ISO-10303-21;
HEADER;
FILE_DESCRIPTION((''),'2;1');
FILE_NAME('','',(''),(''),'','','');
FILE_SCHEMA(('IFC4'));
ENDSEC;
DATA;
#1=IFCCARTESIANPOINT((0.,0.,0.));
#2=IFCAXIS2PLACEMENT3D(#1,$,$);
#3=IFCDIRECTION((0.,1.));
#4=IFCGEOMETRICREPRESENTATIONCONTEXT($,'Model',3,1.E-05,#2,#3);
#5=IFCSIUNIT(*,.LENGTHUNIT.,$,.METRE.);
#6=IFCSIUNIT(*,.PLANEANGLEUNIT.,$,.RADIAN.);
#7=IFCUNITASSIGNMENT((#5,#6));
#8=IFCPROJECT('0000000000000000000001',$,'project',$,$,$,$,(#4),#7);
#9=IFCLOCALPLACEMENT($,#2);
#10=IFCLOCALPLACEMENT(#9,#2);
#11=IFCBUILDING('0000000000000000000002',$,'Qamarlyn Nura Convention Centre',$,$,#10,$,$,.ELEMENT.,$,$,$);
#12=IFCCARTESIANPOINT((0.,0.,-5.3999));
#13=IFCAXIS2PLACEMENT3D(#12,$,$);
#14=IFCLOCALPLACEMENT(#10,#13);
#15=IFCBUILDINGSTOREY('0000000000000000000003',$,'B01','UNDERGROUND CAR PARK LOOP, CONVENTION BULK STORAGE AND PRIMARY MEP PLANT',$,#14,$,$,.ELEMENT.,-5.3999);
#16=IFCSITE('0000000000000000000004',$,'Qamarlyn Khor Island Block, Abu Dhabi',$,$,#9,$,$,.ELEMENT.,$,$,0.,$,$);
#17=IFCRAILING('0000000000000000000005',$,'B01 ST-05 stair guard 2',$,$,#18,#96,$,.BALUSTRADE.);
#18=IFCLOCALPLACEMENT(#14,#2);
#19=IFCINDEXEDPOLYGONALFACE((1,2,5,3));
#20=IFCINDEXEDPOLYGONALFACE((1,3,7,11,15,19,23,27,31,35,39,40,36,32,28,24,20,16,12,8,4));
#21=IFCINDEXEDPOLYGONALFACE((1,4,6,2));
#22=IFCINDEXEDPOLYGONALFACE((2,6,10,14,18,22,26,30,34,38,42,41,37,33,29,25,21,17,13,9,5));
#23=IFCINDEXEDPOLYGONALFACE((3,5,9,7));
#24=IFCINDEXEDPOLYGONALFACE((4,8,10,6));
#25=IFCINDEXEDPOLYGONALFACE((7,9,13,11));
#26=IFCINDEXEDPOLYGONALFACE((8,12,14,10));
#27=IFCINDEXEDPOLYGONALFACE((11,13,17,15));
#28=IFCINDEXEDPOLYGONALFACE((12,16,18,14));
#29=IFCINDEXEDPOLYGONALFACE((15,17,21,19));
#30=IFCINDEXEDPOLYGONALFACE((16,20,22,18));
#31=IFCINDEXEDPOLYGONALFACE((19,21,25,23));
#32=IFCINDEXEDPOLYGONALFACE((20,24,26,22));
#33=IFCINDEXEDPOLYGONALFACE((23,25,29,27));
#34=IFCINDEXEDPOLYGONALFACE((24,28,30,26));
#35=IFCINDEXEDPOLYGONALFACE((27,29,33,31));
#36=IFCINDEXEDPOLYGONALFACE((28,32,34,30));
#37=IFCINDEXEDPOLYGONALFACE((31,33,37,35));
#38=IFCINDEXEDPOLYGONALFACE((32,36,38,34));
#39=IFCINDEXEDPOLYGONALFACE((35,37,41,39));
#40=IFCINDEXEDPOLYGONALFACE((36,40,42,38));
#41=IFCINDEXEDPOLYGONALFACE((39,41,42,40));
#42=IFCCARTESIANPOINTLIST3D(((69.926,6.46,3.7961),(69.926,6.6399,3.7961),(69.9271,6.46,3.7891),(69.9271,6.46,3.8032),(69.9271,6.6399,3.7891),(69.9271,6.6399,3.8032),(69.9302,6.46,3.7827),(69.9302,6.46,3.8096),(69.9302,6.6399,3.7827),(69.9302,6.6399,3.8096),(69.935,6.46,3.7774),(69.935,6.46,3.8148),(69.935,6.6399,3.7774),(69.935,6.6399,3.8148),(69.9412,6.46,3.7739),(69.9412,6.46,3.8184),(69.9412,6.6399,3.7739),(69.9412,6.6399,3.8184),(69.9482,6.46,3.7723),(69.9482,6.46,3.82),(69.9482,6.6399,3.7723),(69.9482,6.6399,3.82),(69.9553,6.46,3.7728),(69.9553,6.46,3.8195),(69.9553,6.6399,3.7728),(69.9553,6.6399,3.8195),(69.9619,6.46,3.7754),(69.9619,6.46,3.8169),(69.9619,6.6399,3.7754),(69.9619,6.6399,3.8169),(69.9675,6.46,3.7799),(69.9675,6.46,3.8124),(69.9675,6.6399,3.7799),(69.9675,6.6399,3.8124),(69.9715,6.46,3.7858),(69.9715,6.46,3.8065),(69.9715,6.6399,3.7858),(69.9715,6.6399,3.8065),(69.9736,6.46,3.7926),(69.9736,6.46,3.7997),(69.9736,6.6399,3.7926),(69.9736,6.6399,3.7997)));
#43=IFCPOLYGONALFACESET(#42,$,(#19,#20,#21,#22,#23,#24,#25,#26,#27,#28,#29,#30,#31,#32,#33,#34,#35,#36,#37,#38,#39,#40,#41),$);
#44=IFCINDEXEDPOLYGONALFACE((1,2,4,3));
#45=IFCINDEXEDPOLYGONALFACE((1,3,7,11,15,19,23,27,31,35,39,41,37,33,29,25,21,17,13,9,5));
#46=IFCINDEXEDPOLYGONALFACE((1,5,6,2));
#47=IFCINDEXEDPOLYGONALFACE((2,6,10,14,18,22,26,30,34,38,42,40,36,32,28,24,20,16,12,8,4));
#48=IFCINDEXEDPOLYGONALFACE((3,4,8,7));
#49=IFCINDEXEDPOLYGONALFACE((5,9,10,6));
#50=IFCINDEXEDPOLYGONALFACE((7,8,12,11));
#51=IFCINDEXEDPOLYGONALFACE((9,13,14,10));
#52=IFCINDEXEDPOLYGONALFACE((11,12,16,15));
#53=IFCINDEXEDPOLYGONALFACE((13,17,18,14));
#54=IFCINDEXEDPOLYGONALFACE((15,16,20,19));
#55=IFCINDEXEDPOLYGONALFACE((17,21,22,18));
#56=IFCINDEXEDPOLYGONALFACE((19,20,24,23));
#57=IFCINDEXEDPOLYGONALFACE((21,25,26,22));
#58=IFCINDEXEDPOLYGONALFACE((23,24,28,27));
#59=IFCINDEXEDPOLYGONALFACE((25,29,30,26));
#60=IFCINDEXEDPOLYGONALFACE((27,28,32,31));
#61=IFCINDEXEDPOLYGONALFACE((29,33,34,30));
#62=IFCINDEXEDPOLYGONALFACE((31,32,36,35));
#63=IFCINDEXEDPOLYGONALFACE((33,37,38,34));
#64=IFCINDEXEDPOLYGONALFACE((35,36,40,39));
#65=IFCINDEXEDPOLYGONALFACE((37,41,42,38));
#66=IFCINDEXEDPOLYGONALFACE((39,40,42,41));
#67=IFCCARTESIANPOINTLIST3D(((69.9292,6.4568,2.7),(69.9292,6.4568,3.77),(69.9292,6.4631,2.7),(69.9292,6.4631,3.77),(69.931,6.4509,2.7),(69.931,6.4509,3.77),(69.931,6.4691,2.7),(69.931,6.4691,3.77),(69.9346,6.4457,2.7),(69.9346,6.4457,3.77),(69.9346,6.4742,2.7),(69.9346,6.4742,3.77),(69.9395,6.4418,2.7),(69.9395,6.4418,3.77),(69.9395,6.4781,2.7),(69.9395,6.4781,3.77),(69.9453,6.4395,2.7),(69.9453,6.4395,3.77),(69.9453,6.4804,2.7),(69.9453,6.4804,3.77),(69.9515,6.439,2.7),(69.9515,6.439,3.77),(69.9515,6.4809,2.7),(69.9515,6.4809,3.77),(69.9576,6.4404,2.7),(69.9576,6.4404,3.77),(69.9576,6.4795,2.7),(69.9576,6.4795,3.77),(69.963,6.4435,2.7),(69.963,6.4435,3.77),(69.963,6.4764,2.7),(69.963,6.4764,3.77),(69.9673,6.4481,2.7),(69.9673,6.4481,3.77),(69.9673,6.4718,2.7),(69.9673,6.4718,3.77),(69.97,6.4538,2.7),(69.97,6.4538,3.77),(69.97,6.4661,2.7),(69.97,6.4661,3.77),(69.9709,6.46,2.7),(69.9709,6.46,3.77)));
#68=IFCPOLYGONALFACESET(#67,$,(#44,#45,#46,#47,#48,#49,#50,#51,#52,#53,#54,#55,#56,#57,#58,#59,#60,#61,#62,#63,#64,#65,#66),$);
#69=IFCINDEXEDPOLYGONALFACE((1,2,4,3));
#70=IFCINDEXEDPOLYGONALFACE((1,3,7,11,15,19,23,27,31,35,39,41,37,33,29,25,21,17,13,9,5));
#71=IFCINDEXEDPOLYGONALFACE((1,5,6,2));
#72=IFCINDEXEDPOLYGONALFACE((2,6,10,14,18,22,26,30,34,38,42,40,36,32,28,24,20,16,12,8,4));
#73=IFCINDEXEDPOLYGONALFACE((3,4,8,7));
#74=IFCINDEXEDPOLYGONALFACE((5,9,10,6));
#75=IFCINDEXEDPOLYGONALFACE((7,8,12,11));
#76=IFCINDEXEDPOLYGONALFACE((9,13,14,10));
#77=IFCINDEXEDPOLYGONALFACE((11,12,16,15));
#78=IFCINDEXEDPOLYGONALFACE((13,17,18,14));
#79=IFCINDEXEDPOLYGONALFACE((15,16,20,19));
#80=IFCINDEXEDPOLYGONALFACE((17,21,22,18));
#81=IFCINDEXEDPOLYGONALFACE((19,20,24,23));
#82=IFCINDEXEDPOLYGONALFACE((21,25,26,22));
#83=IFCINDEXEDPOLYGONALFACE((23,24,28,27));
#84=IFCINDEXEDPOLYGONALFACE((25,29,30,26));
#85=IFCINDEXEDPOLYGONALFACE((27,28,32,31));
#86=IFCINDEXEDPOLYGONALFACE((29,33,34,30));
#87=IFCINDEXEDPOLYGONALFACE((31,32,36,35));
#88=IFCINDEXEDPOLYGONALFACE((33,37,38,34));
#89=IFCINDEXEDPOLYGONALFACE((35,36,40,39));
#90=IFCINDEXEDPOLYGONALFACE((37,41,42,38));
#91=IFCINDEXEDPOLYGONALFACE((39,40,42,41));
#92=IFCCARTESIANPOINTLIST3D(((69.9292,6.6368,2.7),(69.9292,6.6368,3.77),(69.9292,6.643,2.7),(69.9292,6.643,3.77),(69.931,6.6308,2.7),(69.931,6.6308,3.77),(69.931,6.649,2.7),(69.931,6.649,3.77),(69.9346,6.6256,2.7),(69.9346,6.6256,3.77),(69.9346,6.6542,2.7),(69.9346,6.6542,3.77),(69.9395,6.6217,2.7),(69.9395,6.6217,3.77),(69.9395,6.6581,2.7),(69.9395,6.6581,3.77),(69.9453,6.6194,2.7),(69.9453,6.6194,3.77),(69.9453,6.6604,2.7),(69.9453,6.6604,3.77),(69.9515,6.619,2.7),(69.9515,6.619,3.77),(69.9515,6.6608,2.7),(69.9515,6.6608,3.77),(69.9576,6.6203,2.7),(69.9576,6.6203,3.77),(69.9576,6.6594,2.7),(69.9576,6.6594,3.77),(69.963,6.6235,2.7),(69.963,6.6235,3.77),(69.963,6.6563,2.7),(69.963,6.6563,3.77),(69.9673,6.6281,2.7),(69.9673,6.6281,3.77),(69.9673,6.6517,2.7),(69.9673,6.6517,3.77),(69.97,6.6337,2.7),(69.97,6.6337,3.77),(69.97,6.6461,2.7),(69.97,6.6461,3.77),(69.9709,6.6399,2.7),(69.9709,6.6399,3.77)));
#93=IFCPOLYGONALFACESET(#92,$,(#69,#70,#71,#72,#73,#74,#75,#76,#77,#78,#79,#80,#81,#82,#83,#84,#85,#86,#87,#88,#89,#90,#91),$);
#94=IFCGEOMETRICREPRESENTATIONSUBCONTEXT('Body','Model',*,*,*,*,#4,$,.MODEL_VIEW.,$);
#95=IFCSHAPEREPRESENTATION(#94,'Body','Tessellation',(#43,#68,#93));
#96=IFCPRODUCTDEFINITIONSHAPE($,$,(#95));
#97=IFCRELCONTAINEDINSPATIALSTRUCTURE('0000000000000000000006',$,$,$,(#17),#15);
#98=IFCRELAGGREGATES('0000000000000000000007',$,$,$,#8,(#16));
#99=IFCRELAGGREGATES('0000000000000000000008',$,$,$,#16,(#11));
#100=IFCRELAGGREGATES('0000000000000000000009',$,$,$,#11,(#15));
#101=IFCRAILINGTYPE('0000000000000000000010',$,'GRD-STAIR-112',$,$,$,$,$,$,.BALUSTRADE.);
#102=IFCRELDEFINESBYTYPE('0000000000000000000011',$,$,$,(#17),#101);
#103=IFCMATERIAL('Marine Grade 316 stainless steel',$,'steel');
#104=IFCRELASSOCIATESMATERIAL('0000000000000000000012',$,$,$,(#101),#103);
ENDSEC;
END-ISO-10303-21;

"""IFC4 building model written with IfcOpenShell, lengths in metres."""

from ifc_helpers import new_model, si_unit, direction, frame, origin, origin_2d, place, context, subcontext, project, spatial, circle, extrude, material, type_object, element, save


model = new_model("IFC4")

# Units and contexts
model_context = context("Model", 3, precision=1e-05, world=origin(), true_north=direction((0.0, 1.0)))
body_context = subcontext(model_context, "Body", "Model", "MODEL_VIEW")
ifc_project = project(units=[si_unit("LENGTHUNIT", "METRE"), si_unit("PLANEANGLEUNIT", "RADIAN")], contexts=[model_context])

# Site, building, storey
site_placement = place(None, origin())
site = spatial("IfcSite", under=ifc_project, at=site_placement, Name="Qamarlyn Khor Island Block, Abu Dhabi", CompositionType="ELEMENT", RefElevation=0.0)
building_placement = place(site_placement, origin())
building = spatial("IfcBuilding", under=site, at=building_placement, Name="Qamarlyn Nura Convention Centre", CompositionType="ELEMENT")
storey_placement = place(building_placement, frame((0.0, 0.0, -5.3999)))
storey = spatial("IfcBuildingStorey", under=building, at=storey_placement, Name="B01", Description="UNDERGROUND CAR PARK LOOP, CONVENTION BULK STORAGE AND PRIMARY MEP PLANT", CompositionType="ELEMENT", Elevation=-5.3999)

# Railing
ifc_material_1 = material(Name="Marine Grade 316 stainless steel", Category="steel")
railing_type_1 = type_object("IfcRailingType", Name="GRD-STAIR-112", PredefinedType="BALUSTRADE", material=ifc_material_1)
railing_1_placement = place(storey_placement, frame((69.95, 6.46, 2.7)))
element("IfcRailing", 1, at=railing_1_placement, inside=storey, type_object=railing_type_1, Name="B01 ST-05 stair guard 2", PredefinedType="BALUSTRADE", context=body_context, shape_type="SweptSolid", body=[
    extrude(circle(Radius=0.0239, at=origin_2d()), frame((0.0, 0.0, 1.0962), z_axis=(0.0, 1.0, 0.0), x_axis=(-1.0, 0.0, 0.0)), (0.0, 0.0, 1.0), 0.1799),
    extrude(circle(Radius=0.021, at=origin_2d()), origin(), (0.0, 0.0, 1.0), 1.0701),
    extrude(circle(Radius=0.021, at=origin_2d()), frame((0.0, 0.1799, 0.0)), (0.0, 0.0, 1.0), 1.0701),
])

save(model, "model.ifc")
